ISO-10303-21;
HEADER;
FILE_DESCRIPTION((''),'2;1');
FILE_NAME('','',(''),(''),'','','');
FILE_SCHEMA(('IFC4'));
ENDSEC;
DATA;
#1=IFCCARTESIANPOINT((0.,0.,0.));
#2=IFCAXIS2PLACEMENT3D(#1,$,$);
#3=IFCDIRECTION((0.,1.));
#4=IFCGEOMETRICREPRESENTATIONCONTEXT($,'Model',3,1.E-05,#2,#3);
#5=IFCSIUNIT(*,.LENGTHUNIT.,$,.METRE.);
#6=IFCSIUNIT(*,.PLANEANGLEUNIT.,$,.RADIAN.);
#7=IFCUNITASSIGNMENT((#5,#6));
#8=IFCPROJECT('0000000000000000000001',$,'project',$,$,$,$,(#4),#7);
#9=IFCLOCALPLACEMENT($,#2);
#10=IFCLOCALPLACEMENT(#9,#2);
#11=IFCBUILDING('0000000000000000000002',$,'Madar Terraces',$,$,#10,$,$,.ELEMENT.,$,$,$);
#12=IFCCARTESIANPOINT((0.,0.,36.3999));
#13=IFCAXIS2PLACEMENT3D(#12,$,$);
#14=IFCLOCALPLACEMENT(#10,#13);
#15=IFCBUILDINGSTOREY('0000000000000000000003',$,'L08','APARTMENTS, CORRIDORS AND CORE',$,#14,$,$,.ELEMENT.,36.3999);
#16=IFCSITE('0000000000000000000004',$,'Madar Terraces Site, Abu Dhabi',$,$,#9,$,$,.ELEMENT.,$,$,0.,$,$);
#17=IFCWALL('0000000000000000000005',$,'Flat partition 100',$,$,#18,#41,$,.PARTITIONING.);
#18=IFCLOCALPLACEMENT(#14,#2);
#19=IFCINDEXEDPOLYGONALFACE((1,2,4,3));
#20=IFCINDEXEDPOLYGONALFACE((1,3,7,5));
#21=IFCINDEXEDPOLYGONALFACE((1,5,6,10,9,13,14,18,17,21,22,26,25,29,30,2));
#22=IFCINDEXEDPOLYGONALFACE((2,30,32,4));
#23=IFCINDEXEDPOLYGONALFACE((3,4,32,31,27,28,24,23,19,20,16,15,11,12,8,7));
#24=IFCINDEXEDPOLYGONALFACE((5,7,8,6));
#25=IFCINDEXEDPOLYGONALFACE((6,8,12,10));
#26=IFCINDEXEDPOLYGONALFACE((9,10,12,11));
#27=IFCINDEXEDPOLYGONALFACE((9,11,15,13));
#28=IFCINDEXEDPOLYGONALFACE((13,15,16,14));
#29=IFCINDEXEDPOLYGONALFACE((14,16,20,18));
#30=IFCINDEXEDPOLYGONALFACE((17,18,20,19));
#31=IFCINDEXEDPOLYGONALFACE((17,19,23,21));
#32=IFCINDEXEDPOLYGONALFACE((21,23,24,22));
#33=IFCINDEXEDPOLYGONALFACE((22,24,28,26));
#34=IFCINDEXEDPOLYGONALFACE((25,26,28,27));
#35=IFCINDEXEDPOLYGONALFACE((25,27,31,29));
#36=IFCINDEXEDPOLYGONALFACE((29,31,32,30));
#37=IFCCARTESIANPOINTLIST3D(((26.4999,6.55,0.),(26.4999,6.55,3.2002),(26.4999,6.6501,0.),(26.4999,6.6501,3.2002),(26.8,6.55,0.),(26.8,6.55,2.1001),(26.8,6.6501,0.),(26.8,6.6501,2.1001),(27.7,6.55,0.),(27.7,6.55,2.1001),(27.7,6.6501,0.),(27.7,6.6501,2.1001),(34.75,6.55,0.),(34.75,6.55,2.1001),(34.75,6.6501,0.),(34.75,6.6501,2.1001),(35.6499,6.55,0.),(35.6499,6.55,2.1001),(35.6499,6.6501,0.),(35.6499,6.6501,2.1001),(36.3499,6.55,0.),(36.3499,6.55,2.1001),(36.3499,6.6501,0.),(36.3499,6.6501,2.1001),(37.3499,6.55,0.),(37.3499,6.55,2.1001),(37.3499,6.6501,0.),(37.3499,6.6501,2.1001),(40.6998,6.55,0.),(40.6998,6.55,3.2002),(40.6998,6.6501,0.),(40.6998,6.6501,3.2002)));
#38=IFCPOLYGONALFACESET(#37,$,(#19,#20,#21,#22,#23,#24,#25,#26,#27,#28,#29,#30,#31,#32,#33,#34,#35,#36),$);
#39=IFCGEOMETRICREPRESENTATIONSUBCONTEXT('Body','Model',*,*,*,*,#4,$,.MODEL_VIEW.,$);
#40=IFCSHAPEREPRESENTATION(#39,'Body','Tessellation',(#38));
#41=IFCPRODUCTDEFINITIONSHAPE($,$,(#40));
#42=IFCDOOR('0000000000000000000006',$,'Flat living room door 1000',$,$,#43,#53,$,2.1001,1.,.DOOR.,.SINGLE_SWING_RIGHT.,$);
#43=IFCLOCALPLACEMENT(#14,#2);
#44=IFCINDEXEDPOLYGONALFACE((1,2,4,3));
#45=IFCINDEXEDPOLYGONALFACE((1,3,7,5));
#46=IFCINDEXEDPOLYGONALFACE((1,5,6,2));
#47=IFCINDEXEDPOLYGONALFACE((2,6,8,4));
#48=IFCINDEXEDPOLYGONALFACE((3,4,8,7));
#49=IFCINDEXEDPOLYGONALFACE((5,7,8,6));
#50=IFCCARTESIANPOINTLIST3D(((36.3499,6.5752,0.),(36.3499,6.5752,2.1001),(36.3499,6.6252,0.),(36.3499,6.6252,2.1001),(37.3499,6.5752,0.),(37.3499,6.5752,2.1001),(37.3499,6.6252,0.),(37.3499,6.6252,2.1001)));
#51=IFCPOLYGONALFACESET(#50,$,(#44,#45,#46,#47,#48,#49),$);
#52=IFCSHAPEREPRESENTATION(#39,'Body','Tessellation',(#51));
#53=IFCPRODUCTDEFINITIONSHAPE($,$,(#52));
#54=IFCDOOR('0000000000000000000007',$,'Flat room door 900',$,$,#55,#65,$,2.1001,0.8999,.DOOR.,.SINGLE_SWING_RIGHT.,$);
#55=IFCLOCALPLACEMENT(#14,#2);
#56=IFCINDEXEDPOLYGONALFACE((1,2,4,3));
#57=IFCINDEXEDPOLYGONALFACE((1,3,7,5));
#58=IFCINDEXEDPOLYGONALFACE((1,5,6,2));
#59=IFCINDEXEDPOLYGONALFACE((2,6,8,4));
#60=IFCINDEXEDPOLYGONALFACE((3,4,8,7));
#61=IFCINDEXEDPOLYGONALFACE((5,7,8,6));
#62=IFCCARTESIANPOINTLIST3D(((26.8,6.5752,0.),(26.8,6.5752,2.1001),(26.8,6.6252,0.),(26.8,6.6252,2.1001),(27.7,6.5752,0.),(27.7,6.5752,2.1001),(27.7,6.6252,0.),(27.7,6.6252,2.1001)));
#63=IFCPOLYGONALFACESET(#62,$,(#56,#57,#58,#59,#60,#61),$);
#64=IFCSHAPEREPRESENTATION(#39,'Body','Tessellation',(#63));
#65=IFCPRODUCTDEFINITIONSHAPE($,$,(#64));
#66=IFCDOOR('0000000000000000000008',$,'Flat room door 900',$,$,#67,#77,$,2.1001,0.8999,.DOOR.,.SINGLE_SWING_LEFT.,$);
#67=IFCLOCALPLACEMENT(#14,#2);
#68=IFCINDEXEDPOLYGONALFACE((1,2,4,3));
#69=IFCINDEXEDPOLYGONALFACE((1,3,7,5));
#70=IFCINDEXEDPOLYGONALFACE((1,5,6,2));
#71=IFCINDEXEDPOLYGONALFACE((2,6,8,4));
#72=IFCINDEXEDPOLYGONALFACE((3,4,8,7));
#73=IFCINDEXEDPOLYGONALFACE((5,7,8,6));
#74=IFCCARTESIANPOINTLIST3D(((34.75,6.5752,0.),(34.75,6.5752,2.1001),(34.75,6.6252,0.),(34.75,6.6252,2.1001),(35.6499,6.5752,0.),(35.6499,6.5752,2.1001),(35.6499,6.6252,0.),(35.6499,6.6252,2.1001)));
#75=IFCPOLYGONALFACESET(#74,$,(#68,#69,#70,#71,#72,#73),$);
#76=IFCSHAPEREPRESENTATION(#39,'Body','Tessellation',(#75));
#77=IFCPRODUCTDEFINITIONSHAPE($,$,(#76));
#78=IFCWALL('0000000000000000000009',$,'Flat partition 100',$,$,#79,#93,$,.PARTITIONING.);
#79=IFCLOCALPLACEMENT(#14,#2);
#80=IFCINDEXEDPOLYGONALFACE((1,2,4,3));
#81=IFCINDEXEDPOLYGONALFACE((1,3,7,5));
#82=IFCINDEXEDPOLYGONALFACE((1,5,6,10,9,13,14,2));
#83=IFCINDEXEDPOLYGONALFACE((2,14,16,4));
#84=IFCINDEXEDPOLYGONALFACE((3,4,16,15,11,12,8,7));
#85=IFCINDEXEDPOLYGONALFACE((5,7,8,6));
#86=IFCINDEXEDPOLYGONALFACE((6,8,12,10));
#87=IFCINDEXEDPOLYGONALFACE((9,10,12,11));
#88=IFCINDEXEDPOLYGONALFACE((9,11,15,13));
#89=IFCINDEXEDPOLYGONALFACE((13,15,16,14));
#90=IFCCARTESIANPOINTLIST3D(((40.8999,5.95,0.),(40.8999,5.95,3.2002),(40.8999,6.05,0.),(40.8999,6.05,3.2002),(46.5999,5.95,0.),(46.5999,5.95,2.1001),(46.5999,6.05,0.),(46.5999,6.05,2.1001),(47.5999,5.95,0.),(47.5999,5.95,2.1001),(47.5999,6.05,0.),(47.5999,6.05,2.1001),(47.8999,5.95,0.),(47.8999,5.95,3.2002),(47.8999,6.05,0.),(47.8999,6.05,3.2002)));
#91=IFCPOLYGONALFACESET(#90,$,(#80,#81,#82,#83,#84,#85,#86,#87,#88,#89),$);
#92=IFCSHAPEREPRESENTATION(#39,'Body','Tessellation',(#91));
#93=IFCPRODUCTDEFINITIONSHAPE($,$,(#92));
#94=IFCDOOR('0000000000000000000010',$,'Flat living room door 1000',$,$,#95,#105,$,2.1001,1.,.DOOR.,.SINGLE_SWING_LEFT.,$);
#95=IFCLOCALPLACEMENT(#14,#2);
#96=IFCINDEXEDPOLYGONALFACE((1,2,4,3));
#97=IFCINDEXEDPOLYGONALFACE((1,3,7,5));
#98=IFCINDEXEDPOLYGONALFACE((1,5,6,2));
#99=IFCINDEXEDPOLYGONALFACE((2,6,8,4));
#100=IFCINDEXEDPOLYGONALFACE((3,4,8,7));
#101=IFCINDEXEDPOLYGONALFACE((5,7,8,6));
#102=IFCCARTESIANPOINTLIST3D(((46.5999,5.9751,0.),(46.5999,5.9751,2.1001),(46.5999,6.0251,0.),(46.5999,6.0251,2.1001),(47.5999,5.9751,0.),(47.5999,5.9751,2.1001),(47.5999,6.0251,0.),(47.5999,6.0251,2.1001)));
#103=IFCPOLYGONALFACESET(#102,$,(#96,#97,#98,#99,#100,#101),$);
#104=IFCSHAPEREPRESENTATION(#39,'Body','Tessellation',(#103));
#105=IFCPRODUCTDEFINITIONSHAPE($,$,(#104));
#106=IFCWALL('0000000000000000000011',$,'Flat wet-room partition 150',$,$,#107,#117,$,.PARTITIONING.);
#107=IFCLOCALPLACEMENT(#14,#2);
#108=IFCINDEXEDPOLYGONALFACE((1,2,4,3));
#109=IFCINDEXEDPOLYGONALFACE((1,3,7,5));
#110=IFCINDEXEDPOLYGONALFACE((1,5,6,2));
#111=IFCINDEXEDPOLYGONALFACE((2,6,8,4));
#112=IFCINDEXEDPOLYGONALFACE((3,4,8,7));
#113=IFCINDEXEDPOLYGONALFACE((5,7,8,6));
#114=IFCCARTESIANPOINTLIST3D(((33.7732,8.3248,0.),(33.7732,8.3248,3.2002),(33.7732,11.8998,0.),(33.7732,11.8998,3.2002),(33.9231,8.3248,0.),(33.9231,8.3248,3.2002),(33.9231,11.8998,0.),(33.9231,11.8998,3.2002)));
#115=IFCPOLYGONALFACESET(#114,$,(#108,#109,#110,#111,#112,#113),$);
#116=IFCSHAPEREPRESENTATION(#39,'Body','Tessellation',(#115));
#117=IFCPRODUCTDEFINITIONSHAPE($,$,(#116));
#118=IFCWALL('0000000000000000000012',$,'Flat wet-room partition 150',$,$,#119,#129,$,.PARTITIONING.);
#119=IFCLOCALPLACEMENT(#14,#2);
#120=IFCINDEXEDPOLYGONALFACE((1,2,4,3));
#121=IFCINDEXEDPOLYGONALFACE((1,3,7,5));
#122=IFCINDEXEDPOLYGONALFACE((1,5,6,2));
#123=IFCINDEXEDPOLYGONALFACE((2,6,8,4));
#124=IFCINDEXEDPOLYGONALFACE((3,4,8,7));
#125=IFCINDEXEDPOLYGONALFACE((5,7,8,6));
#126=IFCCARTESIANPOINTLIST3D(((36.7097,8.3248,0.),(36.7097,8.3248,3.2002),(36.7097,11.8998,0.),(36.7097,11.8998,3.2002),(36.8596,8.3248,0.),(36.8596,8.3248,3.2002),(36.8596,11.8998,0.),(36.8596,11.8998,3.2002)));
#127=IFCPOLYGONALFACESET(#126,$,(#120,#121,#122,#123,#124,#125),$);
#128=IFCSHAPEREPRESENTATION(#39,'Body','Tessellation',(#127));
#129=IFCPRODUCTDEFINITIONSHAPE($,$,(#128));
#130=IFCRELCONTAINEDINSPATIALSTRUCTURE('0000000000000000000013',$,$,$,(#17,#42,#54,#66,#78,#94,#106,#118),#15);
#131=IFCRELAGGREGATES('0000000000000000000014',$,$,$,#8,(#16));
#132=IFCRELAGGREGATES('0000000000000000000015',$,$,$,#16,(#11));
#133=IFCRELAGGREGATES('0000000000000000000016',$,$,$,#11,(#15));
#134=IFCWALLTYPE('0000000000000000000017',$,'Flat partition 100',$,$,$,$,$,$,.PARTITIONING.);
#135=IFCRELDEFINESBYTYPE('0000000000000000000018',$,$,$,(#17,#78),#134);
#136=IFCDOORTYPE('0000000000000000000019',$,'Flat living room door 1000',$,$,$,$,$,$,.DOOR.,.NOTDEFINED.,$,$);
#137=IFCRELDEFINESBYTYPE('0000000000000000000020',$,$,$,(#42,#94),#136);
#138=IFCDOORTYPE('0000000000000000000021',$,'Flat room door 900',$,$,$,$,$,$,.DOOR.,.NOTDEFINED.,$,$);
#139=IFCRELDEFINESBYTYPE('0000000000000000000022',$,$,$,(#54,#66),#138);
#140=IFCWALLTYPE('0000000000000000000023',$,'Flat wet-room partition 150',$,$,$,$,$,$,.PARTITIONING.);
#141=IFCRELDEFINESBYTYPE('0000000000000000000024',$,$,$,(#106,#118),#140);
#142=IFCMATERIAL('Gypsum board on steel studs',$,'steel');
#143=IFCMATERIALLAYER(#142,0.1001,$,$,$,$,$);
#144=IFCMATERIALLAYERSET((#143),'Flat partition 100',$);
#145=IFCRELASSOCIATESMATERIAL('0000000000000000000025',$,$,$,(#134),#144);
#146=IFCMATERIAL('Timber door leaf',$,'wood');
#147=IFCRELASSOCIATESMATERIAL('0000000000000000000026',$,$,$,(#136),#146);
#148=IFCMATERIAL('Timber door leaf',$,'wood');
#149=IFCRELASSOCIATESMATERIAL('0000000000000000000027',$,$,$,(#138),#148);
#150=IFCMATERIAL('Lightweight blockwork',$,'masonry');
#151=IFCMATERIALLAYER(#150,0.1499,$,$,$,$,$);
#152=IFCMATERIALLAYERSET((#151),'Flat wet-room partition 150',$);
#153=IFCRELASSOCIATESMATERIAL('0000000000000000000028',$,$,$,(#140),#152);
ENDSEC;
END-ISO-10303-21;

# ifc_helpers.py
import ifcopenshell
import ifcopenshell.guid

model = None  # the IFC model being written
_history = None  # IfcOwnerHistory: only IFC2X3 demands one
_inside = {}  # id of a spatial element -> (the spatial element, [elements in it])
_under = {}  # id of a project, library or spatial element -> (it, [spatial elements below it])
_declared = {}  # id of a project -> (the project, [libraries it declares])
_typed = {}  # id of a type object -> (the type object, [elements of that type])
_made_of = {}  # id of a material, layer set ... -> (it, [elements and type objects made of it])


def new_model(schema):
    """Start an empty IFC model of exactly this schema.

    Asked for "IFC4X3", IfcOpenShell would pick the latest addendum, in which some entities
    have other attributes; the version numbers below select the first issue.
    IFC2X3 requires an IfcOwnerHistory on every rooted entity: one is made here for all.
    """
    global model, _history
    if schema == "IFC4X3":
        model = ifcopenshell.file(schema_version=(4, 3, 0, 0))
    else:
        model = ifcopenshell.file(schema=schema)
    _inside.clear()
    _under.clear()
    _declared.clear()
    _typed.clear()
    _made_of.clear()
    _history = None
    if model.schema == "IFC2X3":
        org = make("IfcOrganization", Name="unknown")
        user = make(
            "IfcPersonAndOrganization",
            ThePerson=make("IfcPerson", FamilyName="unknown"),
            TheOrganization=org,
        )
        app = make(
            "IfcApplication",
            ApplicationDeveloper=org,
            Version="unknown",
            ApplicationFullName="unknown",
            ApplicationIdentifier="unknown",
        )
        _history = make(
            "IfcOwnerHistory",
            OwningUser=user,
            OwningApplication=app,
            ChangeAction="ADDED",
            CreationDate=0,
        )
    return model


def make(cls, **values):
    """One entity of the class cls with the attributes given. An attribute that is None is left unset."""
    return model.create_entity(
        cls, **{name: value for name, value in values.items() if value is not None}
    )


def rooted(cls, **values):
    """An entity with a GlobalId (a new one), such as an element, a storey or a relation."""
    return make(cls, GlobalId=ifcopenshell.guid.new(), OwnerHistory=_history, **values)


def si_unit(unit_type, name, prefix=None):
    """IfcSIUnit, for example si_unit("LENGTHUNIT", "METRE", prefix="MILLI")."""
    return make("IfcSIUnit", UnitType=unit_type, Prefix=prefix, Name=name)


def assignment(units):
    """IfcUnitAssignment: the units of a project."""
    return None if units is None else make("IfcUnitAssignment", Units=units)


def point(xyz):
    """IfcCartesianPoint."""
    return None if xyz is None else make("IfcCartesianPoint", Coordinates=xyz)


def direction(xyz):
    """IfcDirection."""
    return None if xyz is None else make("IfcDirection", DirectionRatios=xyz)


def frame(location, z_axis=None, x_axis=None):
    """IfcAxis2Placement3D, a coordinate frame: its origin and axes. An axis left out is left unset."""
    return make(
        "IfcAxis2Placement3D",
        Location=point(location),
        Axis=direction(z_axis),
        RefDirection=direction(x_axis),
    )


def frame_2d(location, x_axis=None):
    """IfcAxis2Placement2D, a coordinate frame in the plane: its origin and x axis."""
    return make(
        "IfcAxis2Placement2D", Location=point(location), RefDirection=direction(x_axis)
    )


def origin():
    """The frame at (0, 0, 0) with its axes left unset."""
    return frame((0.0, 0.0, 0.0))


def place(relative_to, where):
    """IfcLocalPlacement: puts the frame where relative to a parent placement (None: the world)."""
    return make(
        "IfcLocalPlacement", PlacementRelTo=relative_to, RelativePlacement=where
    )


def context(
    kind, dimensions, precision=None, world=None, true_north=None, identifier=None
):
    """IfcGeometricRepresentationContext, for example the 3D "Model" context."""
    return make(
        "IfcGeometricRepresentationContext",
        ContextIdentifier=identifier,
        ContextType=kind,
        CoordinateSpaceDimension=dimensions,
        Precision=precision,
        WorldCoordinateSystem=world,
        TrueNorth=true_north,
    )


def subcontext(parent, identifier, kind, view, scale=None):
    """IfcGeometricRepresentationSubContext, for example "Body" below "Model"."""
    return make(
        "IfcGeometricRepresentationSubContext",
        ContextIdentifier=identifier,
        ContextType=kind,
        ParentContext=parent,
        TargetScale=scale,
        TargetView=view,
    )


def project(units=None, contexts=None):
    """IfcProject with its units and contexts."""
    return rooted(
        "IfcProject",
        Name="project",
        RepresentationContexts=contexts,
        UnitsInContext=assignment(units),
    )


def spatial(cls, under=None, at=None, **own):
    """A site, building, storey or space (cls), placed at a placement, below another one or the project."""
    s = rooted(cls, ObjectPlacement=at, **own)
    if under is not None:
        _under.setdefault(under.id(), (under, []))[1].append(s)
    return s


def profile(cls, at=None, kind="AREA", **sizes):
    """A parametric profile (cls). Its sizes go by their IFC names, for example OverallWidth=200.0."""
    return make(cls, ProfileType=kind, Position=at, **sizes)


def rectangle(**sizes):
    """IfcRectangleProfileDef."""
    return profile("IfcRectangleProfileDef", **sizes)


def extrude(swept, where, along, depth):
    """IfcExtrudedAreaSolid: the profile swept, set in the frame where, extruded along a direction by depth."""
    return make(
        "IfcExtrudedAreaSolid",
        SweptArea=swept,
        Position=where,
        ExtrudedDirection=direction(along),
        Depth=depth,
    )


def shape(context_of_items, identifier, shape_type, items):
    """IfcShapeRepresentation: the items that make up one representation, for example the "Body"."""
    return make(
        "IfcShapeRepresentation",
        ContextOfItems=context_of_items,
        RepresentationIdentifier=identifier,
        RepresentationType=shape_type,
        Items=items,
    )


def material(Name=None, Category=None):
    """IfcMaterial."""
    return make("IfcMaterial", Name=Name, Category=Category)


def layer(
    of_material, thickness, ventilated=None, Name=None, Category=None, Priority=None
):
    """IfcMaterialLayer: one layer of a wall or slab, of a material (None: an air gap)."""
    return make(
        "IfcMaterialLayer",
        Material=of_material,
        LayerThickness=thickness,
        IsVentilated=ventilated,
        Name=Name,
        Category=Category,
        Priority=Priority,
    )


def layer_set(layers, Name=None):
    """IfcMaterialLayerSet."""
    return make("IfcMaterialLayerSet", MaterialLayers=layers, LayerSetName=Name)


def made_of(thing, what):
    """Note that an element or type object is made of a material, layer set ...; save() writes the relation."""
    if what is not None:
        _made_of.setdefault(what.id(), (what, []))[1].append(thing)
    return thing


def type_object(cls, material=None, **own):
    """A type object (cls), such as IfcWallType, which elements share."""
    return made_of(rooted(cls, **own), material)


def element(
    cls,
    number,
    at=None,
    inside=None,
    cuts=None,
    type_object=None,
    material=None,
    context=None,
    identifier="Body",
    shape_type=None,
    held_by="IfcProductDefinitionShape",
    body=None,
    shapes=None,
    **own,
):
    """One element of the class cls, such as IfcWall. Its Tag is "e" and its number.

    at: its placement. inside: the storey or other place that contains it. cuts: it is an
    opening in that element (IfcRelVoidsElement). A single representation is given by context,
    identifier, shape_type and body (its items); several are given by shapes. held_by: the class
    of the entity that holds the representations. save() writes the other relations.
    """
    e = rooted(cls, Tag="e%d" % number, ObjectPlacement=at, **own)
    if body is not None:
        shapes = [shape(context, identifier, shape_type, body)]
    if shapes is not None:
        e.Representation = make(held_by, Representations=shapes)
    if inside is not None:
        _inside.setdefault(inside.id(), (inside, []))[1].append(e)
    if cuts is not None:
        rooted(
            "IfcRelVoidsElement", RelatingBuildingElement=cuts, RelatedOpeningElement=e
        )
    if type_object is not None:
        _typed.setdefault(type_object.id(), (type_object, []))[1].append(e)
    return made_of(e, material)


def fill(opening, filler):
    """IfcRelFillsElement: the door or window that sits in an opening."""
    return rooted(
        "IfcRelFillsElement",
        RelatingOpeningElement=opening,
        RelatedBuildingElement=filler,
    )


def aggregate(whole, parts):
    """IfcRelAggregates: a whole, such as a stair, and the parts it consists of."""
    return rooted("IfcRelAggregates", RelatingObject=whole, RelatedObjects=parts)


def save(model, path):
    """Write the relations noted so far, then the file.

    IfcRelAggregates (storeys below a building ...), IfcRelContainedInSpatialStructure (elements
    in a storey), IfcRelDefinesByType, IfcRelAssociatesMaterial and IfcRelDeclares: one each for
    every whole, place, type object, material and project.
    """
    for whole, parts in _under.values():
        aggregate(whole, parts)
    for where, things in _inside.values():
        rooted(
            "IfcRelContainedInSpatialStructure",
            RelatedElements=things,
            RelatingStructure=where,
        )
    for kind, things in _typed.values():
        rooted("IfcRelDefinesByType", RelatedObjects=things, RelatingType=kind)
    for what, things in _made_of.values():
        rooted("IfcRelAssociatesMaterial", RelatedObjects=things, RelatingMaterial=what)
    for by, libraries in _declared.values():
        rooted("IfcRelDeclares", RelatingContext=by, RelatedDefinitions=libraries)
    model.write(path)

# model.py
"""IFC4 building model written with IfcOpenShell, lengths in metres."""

from ifc_helpers import new_model, si_unit, direction, frame, frame_2d, origin, place, context, subcontext, project, spatial, rectangle, extrude, material, layer, layer_set, type_object, element, fill, save


model = new_model("IFC4")

# Units and contexts
model_context = context("Model", 3, precision=1e-05, world=origin(), true_north=direction((0.0, 1.0)))
body_context = subcontext(model_context, "Body", "Model", "MODEL_VIEW")
ifc_project = project(units=[si_unit("LENGTHUNIT", "METRE"), si_unit("PLANEANGLEUNIT", "RADIAN")], contexts=[model_context])

# Site, building, storey
site_placement = place(None, origin())
site = spatial("IfcSite", under=ifc_project, at=site_placement, Name="Madar Terraces Site, Abu Dhabi", CompositionType="ELEMENT", RefElevation=0.0)
building_placement = place(site_placement, origin())
building = spatial("IfcBuilding", under=site, at=building_placement, Name="Madar Terraces", CompositionType="ELEMENT")
storey_placement = place(building_placement, frame((0.0, 0.0, 36.3999)))
storey = spatial("IfcBuildingStorey", under=building, at=storey_placement, Name="L08", Description="APARTMENTS, CORRIDORS AND CORE", CompositionType="ELEMENT", Elevation=36.3999)

# Shared definitions
ifc_material_1 = material(Name="Gypsum board on steel studs", Category="steel")
ifc_layer_1 = layer(ifc_material_1, 0.1001)
ifc_layer_set_1 = layer_set([ifc_layer_1], Name="Flat partition 100")
wall_type_1 = type_object("IfcWallType", Name="Flat partition 100", PredefinedType="PARTITIONING", material=ifc_layer_set_1)

# Wall, openings, doors
wall_1_placement = place(storey_placement, frame((40.7, 6.6001, 0.0), z_axis=(0.0, 0.0, 1.0), x_axis=(-1.0, 0.0, 0.0)))
wall_1 = element("IfcWall", 1, at=wall_1_placement, inside=storey, type_object=wall_type_1, Name="Flat partition 100", PredefinedType="PARTITIONING", context=body_context, shape_type="SweptSolid", body=[
    extrude(rectangle(XDim=14.2, YDim=0.1001, at=frame_2d((7.1001, 0.0))), origin(), (0.0, 0.0, 1.0), 3.2002),
])
opening_1_placement = place(wall_1_placement, frame((13.0, 0.0, 0.0)))
opening_1 = element("IfcOpeningElement", 2, at=opening_1_placement, cuts=wall_1, PredefinedType="OPENING", context=body_context, shape_type="SweptSolid", body=[
    extrude(rectangle(XDim=0.8999, YDim=2.1001, at=frame_2d((0.45, 1.05))), frame((0.0, 0.0601, 0.0), z_axis=(0.0, -1.0, 0.0), x_axis=(1.0, 0.0, 0.0)), (0.0, 0.0, 1.0), 0.1201),
])
opening_2_placement = place(wall_1_placement, frame((5.05, 0.0, 0.0)))
opening_2 = element("IfcOpeningElement", 3, at=opening_2_placement, cuts=wall_1, PredefinedType="OPENING", context=body_context, shape_type="SweptSolid", body=[
    extrude(rectangle(XDim=0.8999, YDim=2.1001, at=frame_2d((0.45, 1.05))), frame((0.0, 0.0601, 0.0), z_axis=(0.0, -1.0, 0.0), x_axis=(1.0, 0.0, 0.0)), (0.0, 0.0, 1.0), 0.1201),
])
opening_3_placement = place(wall_1_placement, frame((3.3501, 0.0, 0.0)))
opening_3 = element("IfcOpeningElement", 4, at=opening_3_placement, cuts=wall_1, PredefinedType="OPENING", context=body_context, shape_type="SweptSolid", body=[
    extrude(rectangle(XDim=1.0, YDim=2.1001, at=frame_2d((0.5, 1.05))), frame((0.0, 0.0601, 0.0), z_axis=(0.0, -1.0, 0.0), x_axis=(1.0, 0.0, 0.0)), (0.0, 0.0, 1.0), 0.1201),
])
ifc_material_2 = material(Name="Timber door leaf", Category="wood")
door_type_1 = type_object("IfcDoorType", Name="Flat living room door 1000", OperationType="NOTDEFINED", PredefinedType="DOOR", material=ifc_material_2)
door_1_placement = place(opening_3_placement, origin())
door_1 = element("IfcDoor", 5, at=door_1_placement, inside=storey, type_object=door_type_1, Name="Flat living room door 1000", OperationType="SINGLE_SWING_RIGHT", OverallHeight=2.1001, OverallWidth=1.0, PredefinedType="DOOR", context=body_context, shape_type="SweptSolid", body=[
    extrude(rectangle(XDim=1.0, YDim=2.1001, at=frame_2d((0.5, 1.05))), frame((0.0, 0.0249, 0.0), z_axis=(0.0, -1.0, 0.0), x_axis=(1.0, 0.0, 0.0)), (0.0, 0.0, 1.0), 0.05),
])
fill(opening_3, door_1)
ifc_material_3 = material(Name="Timber door leaf", Category="wood")
door_type_2 = type_object("IfcDoorType", Name="Flat room door 900", OperationType="NOTDEFINED", PredefinedType="DOOR", material=ifc_material_3)
door_2_placement = place(opening_1_placement, origin())
door_2 = element("IfcDoor", 6, at=door_2_placement, inside=storey, type_object=door_type_2, Name="Flat room door 900", OperationType="SINGLE_SWING_RIGHT", OverallHeight=2.1001, OverallWidth=0.8999, PredefinedType="DOOR", context=body_context, shape_type="SweptSolid", body=[
    extrude(rectangle(XDim=0.8999, YDim=2.1001, at=frame_2d((0.45, 1.05))), frame((0.0, 0.0249, 0.0), z_axis=(0.0, -1.0, 0.0), x_axis=(1.0, 0.0, 0.0)), (0.0, 0.0, 1.0), 0.05),
])
fill(opening_1, door_2)
door_3_placement = place(opening_2_placement, origin())
door_3 = element("IfcDoor", 7, at=door_3_placement, inside=storey, type_object=door_type_2, Name="Flat room door 900", OperationType="SINGLE_SWING_LEFT", OverallHeight=2.1001, OverallWidth=0.8999, PredefinedType="DOOR", context=body_context, shape_type="SweptSolid", body=[
    extrude(rectangle(XDim=0.8999, YDim=2.1001, at=frame_2d((0.45, 1.05))), frame((0.0, 0.0249, 0.0), z_axis=(0.0, -1.0, 0.0), x_axis=(1.0, 0.0, 0.0)), (0.0, 0.0, 1.0), 0.05),
])
fill(opening_2, door_3)

# Wall, opening, door
wall_2_placement = place(storey_placement, frame((47.8999, 6.0, 0.0), z_axis=(0.0, 0.0, 1.0), x_axis=(-1.0, 0.0, 0.0)))
wall_2 = element("IfcWall", 8, at=wall_2_placement, inside=storey, type_object=wall_type_1, Name="Flat partition 100", PredefinedType="PARTITIONING", context=body_context, shape_type="SweptSolid", body=[
    extrude(rectangle(XDim=7.0, YDim=0.1001, at=frame_2d((3.5, 0.0))), origin(), (0.0, 0.0, 1.0), 3.2002),
])
opening_4_placement = place(wall_2_placement, frame((0.3, 0.0, 0.0)))
opening_4 = element("IfcOpeningElement", 9, at=opening_4_placement, cuts=wall_2, PredefinedType="OPENING", context=body_context, shape_type="SweptSolid", body=[
    extrude(rectangle(XDim=1.0, YDim=2.1001, at=frame_2d((0.5, 1.05))), frame((0.0, 0.0601, 0.0), z_axis=(0.0, -1.0, 0.0), x_axis=(1.0, 0.0, 0.0)), (0.0, 0.0, 1.0), 0.1201),
])
door_4_placement = place(opening_4_placement, origin())
door_4 = element("IfcDoor", 10, at=door_4_placement, inside=storey, type_object=door_type_1, Name="Flat living room door 1000", OperationType="SINGLE_SWING_LEFT", OverallHeight=2.1001, OverallWidth=1.0, PredefinedType="DOOR", context=body_context, shape_type="SweptSolid", body=[
    extrude(rectangle(XDim=1.0, YDim=2.1001, at=frame_2d((0.5, 1.05))), frame((0.0, 0.0249, 0.0), z_axis=(0.0, -1.0, 0.0), x_axis=(1.0, 0.0, 0.0)), (0.0, 0.0, 1.0), 0.05),
])
fill(opening_4, door_4)

# Walls
ifc_material_4 = material(Name="Lightweight blockwork", Category="masonry")
ifc_layer_2 = layer(ifc_material_4, 0.1499)
ifc_layer_set_2 = layer_set([ifc_layer_2], Name="Flat wet-room partition 150")
wall_type_2 = type_object("IfcWallType", Name="Flat wet-room partition 150", PredefinedType="PARTITIONING", material=ifc_layer_set_2)
for number, where, z_axis, x_axis, name in (
    (11, (33.8481, 11.8999, 0.0), (0.0, 0.0, 1.0), (0.0, -1.0, 0.0), "Flat wet-room partition 150"),
    (12, (36.7847, 11.8999, 0.0), (0.0, 0.0, 1.0), (0.0, -1.0, 0.0), "Flat wet-room partition 150"),
):
    element("IfcWall", number, at=place(storey_placement, frame(where, z_axis=z_axis, x_axis=x_axis)), inside=storey, type_object=wall_type_2, Name=name, PredefinedType="PARTITIONING", context=body_context, shape_type="SweptSolid", body=[
        extrude(rectangle(XDim=3.575, YDim=0.1499, at=frame_2d((1.7876, 0.0))), origin(), (0.0, 0.0, 1.0), 3.2002),
    ])

save(model, "model.ifc")
